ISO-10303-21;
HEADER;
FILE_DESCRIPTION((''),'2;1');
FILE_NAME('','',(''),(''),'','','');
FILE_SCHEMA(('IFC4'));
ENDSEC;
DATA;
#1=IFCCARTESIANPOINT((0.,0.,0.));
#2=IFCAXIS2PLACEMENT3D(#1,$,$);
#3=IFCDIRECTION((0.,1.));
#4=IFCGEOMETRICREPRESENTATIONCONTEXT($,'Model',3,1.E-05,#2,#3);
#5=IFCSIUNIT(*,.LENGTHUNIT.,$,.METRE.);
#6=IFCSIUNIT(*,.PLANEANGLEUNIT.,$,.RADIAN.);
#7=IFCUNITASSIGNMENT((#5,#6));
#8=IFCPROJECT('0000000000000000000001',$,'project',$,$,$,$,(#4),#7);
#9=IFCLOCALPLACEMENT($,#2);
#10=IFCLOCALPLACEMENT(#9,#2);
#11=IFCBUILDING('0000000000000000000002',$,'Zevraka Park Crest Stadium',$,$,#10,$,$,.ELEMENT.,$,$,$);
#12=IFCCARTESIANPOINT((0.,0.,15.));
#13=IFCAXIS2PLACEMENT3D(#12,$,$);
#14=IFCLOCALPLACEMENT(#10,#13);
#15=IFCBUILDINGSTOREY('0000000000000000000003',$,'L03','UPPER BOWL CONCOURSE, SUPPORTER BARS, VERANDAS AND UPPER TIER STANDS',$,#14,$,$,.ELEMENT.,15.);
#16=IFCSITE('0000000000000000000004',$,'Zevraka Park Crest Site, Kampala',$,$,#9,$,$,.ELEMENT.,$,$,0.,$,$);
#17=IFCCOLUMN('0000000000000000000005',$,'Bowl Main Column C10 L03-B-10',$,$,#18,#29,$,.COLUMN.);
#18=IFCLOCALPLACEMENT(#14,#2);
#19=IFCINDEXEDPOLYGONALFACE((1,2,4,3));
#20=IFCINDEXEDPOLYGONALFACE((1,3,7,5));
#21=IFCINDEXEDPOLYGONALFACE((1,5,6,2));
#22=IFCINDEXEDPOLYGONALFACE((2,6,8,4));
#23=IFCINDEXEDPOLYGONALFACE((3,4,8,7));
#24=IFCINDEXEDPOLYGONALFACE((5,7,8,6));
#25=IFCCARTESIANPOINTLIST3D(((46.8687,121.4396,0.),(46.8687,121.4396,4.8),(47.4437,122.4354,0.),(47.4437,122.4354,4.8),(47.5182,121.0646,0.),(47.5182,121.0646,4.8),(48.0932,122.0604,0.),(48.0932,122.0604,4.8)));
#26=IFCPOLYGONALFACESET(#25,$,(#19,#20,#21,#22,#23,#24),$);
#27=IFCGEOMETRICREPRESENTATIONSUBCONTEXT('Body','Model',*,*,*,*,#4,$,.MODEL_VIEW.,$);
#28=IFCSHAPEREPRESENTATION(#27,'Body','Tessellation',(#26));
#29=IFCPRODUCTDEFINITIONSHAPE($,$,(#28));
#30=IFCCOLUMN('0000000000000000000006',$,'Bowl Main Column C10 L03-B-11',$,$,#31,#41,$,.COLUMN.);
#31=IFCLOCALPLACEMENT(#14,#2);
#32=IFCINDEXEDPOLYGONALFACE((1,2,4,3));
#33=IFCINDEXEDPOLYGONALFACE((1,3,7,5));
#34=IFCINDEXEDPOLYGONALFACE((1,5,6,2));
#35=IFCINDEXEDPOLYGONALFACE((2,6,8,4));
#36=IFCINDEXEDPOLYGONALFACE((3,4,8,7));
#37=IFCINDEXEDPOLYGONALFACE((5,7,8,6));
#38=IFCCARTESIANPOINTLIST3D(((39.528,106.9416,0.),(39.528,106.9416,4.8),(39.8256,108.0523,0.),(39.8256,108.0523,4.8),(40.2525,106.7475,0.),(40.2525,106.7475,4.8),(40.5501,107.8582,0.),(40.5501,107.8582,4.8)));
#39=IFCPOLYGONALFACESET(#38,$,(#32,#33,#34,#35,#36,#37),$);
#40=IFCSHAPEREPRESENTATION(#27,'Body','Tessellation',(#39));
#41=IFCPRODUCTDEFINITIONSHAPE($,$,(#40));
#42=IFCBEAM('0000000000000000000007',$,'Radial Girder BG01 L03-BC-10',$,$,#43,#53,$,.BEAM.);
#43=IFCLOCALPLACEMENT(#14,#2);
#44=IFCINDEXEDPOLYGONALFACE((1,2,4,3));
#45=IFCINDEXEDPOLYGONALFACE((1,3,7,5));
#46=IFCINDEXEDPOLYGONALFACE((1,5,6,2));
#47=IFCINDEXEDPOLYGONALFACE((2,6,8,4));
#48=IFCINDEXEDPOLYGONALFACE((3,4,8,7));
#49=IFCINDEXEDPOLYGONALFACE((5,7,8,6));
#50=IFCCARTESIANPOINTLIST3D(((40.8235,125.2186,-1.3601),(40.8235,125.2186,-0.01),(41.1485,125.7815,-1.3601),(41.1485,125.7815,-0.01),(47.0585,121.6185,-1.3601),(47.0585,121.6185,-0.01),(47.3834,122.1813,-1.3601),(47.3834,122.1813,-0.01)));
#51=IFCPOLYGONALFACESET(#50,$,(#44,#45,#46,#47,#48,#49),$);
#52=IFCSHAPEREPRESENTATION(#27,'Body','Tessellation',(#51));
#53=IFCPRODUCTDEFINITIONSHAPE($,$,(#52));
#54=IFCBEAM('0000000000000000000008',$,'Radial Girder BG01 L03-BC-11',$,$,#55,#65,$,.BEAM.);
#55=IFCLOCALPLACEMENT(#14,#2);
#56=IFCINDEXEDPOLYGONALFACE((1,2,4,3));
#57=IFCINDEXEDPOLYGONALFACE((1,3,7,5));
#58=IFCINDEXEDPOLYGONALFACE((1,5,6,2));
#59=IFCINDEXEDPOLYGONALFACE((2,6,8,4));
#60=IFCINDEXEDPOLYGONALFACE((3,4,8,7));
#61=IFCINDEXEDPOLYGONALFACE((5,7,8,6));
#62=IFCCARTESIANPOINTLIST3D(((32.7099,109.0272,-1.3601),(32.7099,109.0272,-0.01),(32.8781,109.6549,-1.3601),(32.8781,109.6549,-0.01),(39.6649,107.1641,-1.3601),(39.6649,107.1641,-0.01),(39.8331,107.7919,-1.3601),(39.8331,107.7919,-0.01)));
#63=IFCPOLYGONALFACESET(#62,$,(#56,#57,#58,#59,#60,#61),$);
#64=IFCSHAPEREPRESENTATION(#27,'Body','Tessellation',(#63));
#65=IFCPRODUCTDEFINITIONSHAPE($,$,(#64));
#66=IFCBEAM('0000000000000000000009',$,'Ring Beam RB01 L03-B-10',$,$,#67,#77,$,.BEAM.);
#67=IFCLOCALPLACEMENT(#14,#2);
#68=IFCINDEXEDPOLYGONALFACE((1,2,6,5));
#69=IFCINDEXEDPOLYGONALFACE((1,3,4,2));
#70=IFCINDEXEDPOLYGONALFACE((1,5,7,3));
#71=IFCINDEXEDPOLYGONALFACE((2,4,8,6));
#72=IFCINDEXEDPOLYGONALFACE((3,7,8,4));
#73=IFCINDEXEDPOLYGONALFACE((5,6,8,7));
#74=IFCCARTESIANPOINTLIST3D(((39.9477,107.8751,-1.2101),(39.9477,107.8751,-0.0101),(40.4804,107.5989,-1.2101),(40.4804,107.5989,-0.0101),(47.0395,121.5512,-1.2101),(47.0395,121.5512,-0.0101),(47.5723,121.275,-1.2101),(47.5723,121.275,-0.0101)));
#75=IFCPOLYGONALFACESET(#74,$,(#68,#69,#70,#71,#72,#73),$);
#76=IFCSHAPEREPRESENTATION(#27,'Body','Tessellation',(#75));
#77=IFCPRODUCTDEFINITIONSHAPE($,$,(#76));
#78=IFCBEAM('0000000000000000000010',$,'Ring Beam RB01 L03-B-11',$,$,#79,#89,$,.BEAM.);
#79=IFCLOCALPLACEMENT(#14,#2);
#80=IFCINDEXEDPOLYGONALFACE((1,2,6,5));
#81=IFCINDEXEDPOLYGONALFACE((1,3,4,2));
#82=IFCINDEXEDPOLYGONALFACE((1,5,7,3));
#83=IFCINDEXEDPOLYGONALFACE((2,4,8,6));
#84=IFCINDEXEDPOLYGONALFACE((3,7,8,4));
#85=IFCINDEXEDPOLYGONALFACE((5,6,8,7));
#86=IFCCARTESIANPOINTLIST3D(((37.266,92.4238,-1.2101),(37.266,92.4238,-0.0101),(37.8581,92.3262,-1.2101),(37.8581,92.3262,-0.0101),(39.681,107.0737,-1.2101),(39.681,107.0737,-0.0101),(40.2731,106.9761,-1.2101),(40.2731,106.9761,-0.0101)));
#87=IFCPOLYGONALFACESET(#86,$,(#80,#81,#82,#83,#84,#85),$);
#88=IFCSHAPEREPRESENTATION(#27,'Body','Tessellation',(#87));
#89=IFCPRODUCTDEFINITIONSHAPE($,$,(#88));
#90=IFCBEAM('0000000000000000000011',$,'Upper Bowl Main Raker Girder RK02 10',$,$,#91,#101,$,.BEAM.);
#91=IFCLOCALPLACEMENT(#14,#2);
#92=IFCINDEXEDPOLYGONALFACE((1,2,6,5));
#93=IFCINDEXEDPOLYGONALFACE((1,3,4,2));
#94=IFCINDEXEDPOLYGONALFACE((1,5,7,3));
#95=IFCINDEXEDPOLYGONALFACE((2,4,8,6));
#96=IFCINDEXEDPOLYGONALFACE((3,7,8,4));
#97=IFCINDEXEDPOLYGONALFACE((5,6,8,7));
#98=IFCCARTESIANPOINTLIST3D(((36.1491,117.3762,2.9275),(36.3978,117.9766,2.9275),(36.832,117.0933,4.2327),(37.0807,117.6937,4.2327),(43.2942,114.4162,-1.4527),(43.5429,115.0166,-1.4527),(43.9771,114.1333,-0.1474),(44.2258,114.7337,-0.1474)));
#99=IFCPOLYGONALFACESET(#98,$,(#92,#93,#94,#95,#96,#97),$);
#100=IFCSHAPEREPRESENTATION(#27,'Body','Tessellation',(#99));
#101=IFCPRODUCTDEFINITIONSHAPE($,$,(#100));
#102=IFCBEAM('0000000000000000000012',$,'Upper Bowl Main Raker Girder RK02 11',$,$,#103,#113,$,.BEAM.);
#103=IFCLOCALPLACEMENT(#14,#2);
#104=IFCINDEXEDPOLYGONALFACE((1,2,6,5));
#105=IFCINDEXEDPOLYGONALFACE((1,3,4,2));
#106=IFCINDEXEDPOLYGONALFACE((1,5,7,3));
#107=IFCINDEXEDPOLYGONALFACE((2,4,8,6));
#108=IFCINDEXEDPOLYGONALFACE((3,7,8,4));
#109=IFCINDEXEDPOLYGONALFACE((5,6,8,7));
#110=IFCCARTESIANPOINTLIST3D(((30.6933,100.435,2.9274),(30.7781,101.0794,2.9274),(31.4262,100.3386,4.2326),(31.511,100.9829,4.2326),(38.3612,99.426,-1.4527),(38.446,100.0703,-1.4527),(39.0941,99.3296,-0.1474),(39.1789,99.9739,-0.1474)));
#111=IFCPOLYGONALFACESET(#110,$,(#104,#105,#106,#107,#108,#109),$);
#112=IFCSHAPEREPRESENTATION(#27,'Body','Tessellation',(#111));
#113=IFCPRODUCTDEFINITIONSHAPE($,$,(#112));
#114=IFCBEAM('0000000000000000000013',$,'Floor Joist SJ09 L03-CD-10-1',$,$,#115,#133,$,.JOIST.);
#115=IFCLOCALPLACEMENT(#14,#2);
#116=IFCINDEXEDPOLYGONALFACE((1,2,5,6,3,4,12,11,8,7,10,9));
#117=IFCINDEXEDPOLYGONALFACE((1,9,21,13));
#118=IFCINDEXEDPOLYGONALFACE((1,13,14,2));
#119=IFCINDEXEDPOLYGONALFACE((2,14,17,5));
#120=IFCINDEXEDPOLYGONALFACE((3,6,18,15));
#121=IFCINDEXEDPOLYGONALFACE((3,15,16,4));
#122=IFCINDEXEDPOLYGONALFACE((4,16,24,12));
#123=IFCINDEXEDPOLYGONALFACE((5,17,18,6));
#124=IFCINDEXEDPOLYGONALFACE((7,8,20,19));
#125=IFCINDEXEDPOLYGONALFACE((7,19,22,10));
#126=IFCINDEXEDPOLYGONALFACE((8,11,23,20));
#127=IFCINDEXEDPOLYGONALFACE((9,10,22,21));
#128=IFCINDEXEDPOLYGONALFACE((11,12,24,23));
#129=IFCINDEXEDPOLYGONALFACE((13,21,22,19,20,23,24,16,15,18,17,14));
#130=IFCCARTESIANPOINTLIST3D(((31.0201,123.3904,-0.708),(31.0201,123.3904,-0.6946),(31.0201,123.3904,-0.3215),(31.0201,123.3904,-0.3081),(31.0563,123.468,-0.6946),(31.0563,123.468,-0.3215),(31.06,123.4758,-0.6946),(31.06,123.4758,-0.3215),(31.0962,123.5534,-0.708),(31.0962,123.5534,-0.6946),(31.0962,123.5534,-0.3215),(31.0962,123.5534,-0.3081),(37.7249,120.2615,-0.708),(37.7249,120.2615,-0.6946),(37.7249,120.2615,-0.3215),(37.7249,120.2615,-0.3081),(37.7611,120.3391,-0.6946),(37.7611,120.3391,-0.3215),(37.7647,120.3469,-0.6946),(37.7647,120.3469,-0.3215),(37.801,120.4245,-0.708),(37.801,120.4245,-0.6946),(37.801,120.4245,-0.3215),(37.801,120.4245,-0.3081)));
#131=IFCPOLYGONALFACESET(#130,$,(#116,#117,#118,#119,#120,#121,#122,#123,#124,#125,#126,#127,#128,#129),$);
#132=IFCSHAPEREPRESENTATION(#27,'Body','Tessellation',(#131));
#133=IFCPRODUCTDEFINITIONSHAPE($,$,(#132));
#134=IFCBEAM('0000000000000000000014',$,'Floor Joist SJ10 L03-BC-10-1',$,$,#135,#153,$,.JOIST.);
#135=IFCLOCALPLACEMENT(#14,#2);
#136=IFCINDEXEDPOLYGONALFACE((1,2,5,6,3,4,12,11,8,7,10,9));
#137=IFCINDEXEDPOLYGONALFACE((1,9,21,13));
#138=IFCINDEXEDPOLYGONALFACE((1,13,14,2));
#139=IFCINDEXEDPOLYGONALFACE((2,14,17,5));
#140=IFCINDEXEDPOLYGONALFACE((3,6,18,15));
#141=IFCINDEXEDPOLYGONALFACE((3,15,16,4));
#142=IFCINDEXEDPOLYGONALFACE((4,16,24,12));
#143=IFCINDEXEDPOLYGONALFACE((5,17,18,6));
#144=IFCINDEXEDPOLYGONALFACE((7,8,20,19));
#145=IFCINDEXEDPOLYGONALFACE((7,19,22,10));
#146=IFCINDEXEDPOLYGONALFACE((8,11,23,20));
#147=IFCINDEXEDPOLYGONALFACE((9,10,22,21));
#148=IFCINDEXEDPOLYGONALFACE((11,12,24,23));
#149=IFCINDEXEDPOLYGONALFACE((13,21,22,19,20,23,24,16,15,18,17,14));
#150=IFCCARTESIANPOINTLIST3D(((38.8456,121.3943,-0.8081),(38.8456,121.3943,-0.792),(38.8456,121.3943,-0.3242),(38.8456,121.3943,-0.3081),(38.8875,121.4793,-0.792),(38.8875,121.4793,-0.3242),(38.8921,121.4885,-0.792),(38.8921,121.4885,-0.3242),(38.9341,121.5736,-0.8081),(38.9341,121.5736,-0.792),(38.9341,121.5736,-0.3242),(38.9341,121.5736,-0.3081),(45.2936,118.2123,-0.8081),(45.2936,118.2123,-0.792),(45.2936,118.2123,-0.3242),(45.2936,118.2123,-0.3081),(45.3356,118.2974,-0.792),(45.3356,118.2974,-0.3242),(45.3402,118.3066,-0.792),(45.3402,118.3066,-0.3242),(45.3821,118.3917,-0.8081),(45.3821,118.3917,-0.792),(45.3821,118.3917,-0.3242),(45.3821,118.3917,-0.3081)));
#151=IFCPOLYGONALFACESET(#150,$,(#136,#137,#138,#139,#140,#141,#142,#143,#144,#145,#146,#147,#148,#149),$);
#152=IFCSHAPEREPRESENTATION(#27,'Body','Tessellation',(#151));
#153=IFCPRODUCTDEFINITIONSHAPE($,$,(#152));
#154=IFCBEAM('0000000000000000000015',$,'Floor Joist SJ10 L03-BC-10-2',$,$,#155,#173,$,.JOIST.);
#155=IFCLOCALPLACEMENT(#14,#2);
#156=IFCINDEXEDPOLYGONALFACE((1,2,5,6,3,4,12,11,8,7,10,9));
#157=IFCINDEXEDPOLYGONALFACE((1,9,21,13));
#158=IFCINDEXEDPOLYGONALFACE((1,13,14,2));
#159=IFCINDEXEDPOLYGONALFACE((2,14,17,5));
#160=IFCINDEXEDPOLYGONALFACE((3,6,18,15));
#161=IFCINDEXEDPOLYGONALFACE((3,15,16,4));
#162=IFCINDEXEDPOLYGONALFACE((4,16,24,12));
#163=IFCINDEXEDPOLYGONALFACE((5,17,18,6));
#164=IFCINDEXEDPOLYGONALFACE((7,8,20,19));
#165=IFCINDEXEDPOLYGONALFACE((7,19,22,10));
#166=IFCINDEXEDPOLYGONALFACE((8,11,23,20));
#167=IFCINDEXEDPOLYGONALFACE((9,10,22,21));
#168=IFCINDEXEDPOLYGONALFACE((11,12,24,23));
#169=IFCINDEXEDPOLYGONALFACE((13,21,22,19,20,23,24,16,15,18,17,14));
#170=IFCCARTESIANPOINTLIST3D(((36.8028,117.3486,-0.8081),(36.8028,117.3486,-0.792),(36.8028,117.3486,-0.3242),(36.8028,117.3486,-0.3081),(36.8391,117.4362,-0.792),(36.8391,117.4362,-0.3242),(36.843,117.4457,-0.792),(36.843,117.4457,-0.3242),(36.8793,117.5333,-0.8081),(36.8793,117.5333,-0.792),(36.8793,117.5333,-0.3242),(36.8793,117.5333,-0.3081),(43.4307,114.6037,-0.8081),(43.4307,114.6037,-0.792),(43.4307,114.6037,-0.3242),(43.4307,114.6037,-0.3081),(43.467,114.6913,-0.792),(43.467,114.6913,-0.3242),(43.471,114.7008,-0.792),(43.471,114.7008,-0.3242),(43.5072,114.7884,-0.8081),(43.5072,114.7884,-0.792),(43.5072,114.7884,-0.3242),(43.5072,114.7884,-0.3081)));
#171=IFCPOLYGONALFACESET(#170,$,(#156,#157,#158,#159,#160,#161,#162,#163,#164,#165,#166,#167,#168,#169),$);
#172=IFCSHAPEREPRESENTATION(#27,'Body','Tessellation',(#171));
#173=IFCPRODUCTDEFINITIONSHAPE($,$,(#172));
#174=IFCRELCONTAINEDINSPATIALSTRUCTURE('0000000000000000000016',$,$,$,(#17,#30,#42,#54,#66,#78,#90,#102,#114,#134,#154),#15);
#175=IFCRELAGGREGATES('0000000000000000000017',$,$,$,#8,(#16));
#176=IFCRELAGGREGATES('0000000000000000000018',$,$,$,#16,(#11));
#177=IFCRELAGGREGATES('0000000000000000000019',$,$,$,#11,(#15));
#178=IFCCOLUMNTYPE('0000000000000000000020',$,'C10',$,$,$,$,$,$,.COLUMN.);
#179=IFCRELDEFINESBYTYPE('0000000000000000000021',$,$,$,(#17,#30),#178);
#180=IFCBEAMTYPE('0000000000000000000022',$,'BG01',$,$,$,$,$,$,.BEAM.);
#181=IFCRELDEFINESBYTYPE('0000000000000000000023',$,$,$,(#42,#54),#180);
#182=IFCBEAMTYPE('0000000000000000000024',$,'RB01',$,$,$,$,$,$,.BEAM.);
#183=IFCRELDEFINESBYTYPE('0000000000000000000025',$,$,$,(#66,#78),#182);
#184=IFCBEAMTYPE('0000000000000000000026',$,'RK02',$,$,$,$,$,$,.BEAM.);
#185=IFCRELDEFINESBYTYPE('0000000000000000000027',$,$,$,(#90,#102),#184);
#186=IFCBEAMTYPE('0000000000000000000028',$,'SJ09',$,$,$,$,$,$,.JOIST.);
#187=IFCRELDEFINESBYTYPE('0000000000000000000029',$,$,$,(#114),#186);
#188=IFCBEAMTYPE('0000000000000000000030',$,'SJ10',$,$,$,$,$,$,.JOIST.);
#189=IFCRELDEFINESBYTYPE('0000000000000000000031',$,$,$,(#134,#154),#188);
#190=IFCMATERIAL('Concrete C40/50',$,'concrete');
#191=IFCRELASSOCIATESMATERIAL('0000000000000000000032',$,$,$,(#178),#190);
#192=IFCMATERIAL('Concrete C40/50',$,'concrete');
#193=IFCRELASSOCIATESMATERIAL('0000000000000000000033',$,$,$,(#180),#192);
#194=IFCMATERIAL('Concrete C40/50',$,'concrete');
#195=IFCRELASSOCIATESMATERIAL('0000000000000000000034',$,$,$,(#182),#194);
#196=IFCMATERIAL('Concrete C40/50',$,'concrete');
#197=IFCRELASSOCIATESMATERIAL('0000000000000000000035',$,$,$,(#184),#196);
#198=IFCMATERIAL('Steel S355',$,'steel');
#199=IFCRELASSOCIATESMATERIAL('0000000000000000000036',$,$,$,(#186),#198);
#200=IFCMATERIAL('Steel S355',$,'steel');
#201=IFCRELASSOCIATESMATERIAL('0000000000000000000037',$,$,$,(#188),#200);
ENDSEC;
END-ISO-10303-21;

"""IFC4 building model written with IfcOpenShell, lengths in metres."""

from ifc_helpers import new_model, si_unit, direction, frame, origin, origin_2d, place, context, subcontext, project, spatial, rectangle, i_section, extrude, material, material_profile, profile_set, type_object, element, save


model = new_model("IFC4")

# Units and contexts
model_context = context("Model", 3, precision=1e-05, world=origin(), true_north=direction((0.0, 1.0)))
body_context = subcontext(model_context, "Body", "Model", "MODEL_VIEW")
ifc_project = project(units=[si_unit("LENGTHUNIT", "METRE"), si_unit("PLANEANGLEUNIT", "RADIAN")], contexts=[model_context])

# Site, building, storey
site_placement = place(None, origin())
site = spatial("IfcSite", under=ifc_project, at=site_placement, Name="Zevraka Park Crest Site, Kampala", CompositionType="ELEMENT", RefElevation=0.0)
building_placement = place(site_placement, origin())
building = spatial("IfcBuilding", under=site, at=building_placement, Name="Zevraka Park Crest Stadium", CompositionType="ELEMENT")
storey_placement = place(building_placement, frame((0.0, 0.0, 15.0)))
storey = spatial("IfcBuildingStorey", under=building, at=storey_placement, Name="L03", Description="UPPER BOWL CONCOURSE, SUPPORTER BARS, VERANDAS AND UPPER TIER STANDS", CompositionType="ELEMENT", Elevation=15.0)

# Columns
ifc_material_1 = material(Name="Concrete C40/50", Category="concrete")
ifc_material_profile_1 = material_profile(ifc_material_1, rectangle(XDim=0.75, YDim=1.1499, at=origin_2d()), Name="RC 1150x750")
ifc_profile_set_1 = profile_set([ifc_material_profile_1], Name="Concrete C40/50")
column_type = type_object("IfcColumnType", Name="C10", PredefinedType="COLUMN", material=ifc_profile_set_1)
for number, where, z_axis, x_axis, name in (
    (1, (47.481, 121.75, 0.0), (0.0, 0.0, 1.0), (-0.866025, 0.5, 0.0), "Bowl Main Column C10 L03-B-10"),
    (2, (40.0391, 107.3999, 0.0), (0.0, 0.0, 1.0), (-0.965926, 0.258819, 0.0), "Bowl Main Column C10 L03-B-11"),
):
    element("IfcColumn", number, at=place(storey_placement, frame(where, z_axis=z_axis, x_axis=x_axis)), inside=storey, type_object=column_type, Name=name, PredefinedType="COLUMN", context=body_context, shape_type="SweptSolid", body=[
        extrude(rectangle(XDim=0.75, YDim=1.1499, at=origin_2d()), origin(), (0.0, 0.0, 1.0), 4.8),
    ])

# Beams
ifc_material_2 = material(Name="Concrete C40/50", Category="concrete")
ifc_material_profile_2 = material_profile(ifc_material_2, rectangle(XDim=0.6499, YDim=1.3501, at=origin_2d()), Name="RC 1350x650")
ifc_profile_set_2 = profile_set([ifc_material_profile_2], Name="Concrete C40/50")
beam_type_1 = type_object("IfcBeamType", Name="BG01", PredefinedType="BEAM", material=ifc_profile_set_2)
beam_1_placement = place(storey_placement, frame((47.2209, 121.8999, -0.6851), z_axis=(-0.866001, 0.500041, 0.0), x_axis=(-0.500041, -0.866001, 0.0)))
element("IfcBeam", 3, at=beam_1_placement, inside=storey, type_object=beam_type_1, Name="Radial Girder BG01 L03-BC-10", PredefinedType="BEAM", context=body_context, shape_type="SweptSolid", body=[
    extrude(rectangle(XDim=0.6499, YDim=1.3501, at=origin_2d()), origin(), (0.0, 0.0, 1.0), 7.1997),
])
beam_2_placement = place(storey_placement, frame((39.749, 107.478, -0.6851), z_axis=(-0.965946, 0.258745, 0.0), x_axis=(-0.258745, -0.965946, 0.0)))
element("IfcBeam", 4, at=beam_2_placement, inside=storey, type_object=beam_type_1, Name="Radial Girder BG01 L03-BC-11", PredefinedType="BEAM", context=body_context, shape_type="SweptSolid", body=[
    extrude(rectangle(XDim=0.6499, YDim=1.3501, at=origin_2d()), origin(), (0.0, 0.0, 1.0), 7.2002),
])
ifc_material_3 = material(Name="Concrete C40/50", Category="concrete")
ifc_material_profile_3 = material_profile(ifc_material_3, rectangle(XDim=0.6001, YDim=1.2, at=origin_2d()), Name="RC 1200x600")
ifc_profile_set_3 = profile_set([ifc_material_profile_3], Name="Concrete C40/50")
beam_type_2 = type_object("IfcBeamType", Name="RB01", PredefinedType="BEAM", material=ifc_profile_set_3)
beam_3_placement = place(storey_placement, frame((47.3059, 121.4131, -0.6101), z_axis=(-0.460344, -0.887741, 0.0), x_axis=(0.887741, -0.460344, 0.0)))
element("IfcBeam", 5, at=beam_3_placement, inside=storey, type_object=beam_type_2, Name="Ring Beam RB01 L03-B-10", PredefinedType="BEAM", context=body_context, shape_type="SweptSolid", body=[
    extrude(rectangle(XDim=0.6001, YDim=1.2, at=origin_2d()), origin(), (0.0, 0.0, 1.0), 15.4055),
])
beam_4_placement = place(storey_placement, frame((39.9771, 107.0249, -0.6101), z_axis=(-0.162655, -0.986683, 0.0), x_axis=(0.986683, -0.162655, 0.0)))
element("IfcBeam", 6, at=beam_4_placement, inside=storey, type_object=beam_type_2, Name="Ring Beam RB01 L03-B-11", PredefinedType="BEAM", context=body_context, shape_type="SweptSolid", body=[
    extrude(rectangle(XDim=0.6001, YDim=1.2, at=origin_2d()), origin(), (0.0, 0.0, 1.0), 14.8477),
])
ifc_material_4 = material(Name="Concrete C40/50", Category="concrete")
ifc_material_profile_4 = material_profile(ifc_material_4, rectangle(XDim=0.6499, YDim=1.5, at=origin_2d()), Name="RC 1500x650")
ifc_profile_set_4 = profile_set([ifc_material_profile_4], Name="Concrete C40/50")
beam_type_3 = type_object("IfcBeamType", Name="RK02", PredefinedType="BEAM", material=ifc_profile_set_4)
for number, where, z_axis, x_axis, name in (
    (7, (43.76, 114.575, -0.8), (-0.803887, 0.333025, 0.492808), (-0.382727, -0.923861, 0.0), "Upper Bowl Main Raker Girder RK02 10"),
    (8, (38.77, 99.7, -0.8), (-0.862706, 0.113524, 0.492798), (-0.130466, -0.991453, 0.0), "Upper Bowl Main Raker Girder RK02 11"),
):
    element("IfcBeam", number, at=place(storey_placement, frame(where, z_axis=z_axis, x_axis=x_axis)), inside=storey, type_object=beam_type_3, Name=name, PredefinedType="BEAM", context=body_context, shape_type="SweptSolid", body=[
        extrude(rectangle(XDim=0.6499, YDim=1.5, at=origin_2d()), origin(), (0.0, 0.0, 1.0), 8.8882),
    ])
ifc_material_5 = material(Name="Steel S355", Category="steel")
ifc_material_profile_5 = material_profile(ifc_material_5, i_section(OverallWidth=0.1799, OverallDepth=0.3999, WebThickness=0.0085, FlangeThickness=0.0134, at=origin_2d()), Name="IPE 400")
ifc_profile_set_5 = profile_set([ifc_material_profile_5], Name="Steel S355")
beam_type_4 = type_object("IfcBeamType", Name="SJ09", PredefinedType="JOIST", material=ifc_profile_set_5)
beam_5_placement = place(storey_placement, frame((37.7629, 120.343, -0.5081), z_axis=(-0.906184, 0.422884, 0.0), x_axis=(-0.422884, -0.906184, 0.0)))
element("IfcBeam", 9, at=beam_5_placement, inside=storey, type_object=beam_type_4, Name="Floor Joist SJ09 L03-CD-10-1", PredefinedType="JOIST", context=body_context, shape_type="SweptSolid", body=[
    extrude(i_section(OverallWidth=0.1799, OverallDepth=0.3999, WebThickness=0.0085, FlangeThickness=0.0134, at=origin_2d()), origin(), (0.0, 0.0, 1.0), 7.3989),
])
ifc_material_6 = material(Name="Steel S355", Category="steel")
ifc_material_profile_6 = material_profile(ifc_material_6, i_section(OverallWidth=0.2, OverallDepth=0.5, WebThickness=0.0103, FlangeThickness=0.0161, at=origin_2d()), Name="IPE 500")
ifc_profile_set_6 = profile_set([ifc_material_profile_6], Name="Steel S355")
beam_type_5 = type_object("IfcBeamType", Name="SJ10", PredefinedType="JOIST", material=ifc_profile_set_6)
beam_6_placement = place(storey_placement, frame((45.3379, 118.302, -0.5581), z_axis=(-0.896758, 0.442522, 0.0), x_axis=(-0.442522, -0.896758, 0.0)))
element("IfcBeam", 10, at=beam_6_placement, inside=storey, type_object=beam_type_5, Name="Floor Joist SJ10 L03-BC-10-1", PredefinedType="JOIST", context=body_context, shape_type="SweptSolid", body=[
    extrude(i_section(OverallWidth=0.2, OverallDepth=0.5, WebThickness=0.0103, FlangeThickness=0.0161, at=origin_2d()), origin(), (0.0, 0.0, 1.0), 7.1904),
])
beam_7_placement = place(storey_placement, frame((43.469, 114.696, -0.5581), z_axis=(-0.923904, 0.382623, 0.0), x_axis=(-0.382623, -0.923904, 0.0)))
element("IfcBeam", 11, at=beam_7_placement, inside=storey, type_object=beam_type_5, Name="Floor Joist SJ10 L03-BC-10-2", PredefinedType="JOIST", context=body_context, shape_type="SweptSolid", body=[
    extrude(i_section(OverallWidth=0.2, OverallDepth=0.5, WebThickness=0.0103, FlangeThickness=0.0161, at=origin_2d()), origin(), (0.0, 0.0, 1.0), 7.1738),
])

save(model, "model.ifc")
